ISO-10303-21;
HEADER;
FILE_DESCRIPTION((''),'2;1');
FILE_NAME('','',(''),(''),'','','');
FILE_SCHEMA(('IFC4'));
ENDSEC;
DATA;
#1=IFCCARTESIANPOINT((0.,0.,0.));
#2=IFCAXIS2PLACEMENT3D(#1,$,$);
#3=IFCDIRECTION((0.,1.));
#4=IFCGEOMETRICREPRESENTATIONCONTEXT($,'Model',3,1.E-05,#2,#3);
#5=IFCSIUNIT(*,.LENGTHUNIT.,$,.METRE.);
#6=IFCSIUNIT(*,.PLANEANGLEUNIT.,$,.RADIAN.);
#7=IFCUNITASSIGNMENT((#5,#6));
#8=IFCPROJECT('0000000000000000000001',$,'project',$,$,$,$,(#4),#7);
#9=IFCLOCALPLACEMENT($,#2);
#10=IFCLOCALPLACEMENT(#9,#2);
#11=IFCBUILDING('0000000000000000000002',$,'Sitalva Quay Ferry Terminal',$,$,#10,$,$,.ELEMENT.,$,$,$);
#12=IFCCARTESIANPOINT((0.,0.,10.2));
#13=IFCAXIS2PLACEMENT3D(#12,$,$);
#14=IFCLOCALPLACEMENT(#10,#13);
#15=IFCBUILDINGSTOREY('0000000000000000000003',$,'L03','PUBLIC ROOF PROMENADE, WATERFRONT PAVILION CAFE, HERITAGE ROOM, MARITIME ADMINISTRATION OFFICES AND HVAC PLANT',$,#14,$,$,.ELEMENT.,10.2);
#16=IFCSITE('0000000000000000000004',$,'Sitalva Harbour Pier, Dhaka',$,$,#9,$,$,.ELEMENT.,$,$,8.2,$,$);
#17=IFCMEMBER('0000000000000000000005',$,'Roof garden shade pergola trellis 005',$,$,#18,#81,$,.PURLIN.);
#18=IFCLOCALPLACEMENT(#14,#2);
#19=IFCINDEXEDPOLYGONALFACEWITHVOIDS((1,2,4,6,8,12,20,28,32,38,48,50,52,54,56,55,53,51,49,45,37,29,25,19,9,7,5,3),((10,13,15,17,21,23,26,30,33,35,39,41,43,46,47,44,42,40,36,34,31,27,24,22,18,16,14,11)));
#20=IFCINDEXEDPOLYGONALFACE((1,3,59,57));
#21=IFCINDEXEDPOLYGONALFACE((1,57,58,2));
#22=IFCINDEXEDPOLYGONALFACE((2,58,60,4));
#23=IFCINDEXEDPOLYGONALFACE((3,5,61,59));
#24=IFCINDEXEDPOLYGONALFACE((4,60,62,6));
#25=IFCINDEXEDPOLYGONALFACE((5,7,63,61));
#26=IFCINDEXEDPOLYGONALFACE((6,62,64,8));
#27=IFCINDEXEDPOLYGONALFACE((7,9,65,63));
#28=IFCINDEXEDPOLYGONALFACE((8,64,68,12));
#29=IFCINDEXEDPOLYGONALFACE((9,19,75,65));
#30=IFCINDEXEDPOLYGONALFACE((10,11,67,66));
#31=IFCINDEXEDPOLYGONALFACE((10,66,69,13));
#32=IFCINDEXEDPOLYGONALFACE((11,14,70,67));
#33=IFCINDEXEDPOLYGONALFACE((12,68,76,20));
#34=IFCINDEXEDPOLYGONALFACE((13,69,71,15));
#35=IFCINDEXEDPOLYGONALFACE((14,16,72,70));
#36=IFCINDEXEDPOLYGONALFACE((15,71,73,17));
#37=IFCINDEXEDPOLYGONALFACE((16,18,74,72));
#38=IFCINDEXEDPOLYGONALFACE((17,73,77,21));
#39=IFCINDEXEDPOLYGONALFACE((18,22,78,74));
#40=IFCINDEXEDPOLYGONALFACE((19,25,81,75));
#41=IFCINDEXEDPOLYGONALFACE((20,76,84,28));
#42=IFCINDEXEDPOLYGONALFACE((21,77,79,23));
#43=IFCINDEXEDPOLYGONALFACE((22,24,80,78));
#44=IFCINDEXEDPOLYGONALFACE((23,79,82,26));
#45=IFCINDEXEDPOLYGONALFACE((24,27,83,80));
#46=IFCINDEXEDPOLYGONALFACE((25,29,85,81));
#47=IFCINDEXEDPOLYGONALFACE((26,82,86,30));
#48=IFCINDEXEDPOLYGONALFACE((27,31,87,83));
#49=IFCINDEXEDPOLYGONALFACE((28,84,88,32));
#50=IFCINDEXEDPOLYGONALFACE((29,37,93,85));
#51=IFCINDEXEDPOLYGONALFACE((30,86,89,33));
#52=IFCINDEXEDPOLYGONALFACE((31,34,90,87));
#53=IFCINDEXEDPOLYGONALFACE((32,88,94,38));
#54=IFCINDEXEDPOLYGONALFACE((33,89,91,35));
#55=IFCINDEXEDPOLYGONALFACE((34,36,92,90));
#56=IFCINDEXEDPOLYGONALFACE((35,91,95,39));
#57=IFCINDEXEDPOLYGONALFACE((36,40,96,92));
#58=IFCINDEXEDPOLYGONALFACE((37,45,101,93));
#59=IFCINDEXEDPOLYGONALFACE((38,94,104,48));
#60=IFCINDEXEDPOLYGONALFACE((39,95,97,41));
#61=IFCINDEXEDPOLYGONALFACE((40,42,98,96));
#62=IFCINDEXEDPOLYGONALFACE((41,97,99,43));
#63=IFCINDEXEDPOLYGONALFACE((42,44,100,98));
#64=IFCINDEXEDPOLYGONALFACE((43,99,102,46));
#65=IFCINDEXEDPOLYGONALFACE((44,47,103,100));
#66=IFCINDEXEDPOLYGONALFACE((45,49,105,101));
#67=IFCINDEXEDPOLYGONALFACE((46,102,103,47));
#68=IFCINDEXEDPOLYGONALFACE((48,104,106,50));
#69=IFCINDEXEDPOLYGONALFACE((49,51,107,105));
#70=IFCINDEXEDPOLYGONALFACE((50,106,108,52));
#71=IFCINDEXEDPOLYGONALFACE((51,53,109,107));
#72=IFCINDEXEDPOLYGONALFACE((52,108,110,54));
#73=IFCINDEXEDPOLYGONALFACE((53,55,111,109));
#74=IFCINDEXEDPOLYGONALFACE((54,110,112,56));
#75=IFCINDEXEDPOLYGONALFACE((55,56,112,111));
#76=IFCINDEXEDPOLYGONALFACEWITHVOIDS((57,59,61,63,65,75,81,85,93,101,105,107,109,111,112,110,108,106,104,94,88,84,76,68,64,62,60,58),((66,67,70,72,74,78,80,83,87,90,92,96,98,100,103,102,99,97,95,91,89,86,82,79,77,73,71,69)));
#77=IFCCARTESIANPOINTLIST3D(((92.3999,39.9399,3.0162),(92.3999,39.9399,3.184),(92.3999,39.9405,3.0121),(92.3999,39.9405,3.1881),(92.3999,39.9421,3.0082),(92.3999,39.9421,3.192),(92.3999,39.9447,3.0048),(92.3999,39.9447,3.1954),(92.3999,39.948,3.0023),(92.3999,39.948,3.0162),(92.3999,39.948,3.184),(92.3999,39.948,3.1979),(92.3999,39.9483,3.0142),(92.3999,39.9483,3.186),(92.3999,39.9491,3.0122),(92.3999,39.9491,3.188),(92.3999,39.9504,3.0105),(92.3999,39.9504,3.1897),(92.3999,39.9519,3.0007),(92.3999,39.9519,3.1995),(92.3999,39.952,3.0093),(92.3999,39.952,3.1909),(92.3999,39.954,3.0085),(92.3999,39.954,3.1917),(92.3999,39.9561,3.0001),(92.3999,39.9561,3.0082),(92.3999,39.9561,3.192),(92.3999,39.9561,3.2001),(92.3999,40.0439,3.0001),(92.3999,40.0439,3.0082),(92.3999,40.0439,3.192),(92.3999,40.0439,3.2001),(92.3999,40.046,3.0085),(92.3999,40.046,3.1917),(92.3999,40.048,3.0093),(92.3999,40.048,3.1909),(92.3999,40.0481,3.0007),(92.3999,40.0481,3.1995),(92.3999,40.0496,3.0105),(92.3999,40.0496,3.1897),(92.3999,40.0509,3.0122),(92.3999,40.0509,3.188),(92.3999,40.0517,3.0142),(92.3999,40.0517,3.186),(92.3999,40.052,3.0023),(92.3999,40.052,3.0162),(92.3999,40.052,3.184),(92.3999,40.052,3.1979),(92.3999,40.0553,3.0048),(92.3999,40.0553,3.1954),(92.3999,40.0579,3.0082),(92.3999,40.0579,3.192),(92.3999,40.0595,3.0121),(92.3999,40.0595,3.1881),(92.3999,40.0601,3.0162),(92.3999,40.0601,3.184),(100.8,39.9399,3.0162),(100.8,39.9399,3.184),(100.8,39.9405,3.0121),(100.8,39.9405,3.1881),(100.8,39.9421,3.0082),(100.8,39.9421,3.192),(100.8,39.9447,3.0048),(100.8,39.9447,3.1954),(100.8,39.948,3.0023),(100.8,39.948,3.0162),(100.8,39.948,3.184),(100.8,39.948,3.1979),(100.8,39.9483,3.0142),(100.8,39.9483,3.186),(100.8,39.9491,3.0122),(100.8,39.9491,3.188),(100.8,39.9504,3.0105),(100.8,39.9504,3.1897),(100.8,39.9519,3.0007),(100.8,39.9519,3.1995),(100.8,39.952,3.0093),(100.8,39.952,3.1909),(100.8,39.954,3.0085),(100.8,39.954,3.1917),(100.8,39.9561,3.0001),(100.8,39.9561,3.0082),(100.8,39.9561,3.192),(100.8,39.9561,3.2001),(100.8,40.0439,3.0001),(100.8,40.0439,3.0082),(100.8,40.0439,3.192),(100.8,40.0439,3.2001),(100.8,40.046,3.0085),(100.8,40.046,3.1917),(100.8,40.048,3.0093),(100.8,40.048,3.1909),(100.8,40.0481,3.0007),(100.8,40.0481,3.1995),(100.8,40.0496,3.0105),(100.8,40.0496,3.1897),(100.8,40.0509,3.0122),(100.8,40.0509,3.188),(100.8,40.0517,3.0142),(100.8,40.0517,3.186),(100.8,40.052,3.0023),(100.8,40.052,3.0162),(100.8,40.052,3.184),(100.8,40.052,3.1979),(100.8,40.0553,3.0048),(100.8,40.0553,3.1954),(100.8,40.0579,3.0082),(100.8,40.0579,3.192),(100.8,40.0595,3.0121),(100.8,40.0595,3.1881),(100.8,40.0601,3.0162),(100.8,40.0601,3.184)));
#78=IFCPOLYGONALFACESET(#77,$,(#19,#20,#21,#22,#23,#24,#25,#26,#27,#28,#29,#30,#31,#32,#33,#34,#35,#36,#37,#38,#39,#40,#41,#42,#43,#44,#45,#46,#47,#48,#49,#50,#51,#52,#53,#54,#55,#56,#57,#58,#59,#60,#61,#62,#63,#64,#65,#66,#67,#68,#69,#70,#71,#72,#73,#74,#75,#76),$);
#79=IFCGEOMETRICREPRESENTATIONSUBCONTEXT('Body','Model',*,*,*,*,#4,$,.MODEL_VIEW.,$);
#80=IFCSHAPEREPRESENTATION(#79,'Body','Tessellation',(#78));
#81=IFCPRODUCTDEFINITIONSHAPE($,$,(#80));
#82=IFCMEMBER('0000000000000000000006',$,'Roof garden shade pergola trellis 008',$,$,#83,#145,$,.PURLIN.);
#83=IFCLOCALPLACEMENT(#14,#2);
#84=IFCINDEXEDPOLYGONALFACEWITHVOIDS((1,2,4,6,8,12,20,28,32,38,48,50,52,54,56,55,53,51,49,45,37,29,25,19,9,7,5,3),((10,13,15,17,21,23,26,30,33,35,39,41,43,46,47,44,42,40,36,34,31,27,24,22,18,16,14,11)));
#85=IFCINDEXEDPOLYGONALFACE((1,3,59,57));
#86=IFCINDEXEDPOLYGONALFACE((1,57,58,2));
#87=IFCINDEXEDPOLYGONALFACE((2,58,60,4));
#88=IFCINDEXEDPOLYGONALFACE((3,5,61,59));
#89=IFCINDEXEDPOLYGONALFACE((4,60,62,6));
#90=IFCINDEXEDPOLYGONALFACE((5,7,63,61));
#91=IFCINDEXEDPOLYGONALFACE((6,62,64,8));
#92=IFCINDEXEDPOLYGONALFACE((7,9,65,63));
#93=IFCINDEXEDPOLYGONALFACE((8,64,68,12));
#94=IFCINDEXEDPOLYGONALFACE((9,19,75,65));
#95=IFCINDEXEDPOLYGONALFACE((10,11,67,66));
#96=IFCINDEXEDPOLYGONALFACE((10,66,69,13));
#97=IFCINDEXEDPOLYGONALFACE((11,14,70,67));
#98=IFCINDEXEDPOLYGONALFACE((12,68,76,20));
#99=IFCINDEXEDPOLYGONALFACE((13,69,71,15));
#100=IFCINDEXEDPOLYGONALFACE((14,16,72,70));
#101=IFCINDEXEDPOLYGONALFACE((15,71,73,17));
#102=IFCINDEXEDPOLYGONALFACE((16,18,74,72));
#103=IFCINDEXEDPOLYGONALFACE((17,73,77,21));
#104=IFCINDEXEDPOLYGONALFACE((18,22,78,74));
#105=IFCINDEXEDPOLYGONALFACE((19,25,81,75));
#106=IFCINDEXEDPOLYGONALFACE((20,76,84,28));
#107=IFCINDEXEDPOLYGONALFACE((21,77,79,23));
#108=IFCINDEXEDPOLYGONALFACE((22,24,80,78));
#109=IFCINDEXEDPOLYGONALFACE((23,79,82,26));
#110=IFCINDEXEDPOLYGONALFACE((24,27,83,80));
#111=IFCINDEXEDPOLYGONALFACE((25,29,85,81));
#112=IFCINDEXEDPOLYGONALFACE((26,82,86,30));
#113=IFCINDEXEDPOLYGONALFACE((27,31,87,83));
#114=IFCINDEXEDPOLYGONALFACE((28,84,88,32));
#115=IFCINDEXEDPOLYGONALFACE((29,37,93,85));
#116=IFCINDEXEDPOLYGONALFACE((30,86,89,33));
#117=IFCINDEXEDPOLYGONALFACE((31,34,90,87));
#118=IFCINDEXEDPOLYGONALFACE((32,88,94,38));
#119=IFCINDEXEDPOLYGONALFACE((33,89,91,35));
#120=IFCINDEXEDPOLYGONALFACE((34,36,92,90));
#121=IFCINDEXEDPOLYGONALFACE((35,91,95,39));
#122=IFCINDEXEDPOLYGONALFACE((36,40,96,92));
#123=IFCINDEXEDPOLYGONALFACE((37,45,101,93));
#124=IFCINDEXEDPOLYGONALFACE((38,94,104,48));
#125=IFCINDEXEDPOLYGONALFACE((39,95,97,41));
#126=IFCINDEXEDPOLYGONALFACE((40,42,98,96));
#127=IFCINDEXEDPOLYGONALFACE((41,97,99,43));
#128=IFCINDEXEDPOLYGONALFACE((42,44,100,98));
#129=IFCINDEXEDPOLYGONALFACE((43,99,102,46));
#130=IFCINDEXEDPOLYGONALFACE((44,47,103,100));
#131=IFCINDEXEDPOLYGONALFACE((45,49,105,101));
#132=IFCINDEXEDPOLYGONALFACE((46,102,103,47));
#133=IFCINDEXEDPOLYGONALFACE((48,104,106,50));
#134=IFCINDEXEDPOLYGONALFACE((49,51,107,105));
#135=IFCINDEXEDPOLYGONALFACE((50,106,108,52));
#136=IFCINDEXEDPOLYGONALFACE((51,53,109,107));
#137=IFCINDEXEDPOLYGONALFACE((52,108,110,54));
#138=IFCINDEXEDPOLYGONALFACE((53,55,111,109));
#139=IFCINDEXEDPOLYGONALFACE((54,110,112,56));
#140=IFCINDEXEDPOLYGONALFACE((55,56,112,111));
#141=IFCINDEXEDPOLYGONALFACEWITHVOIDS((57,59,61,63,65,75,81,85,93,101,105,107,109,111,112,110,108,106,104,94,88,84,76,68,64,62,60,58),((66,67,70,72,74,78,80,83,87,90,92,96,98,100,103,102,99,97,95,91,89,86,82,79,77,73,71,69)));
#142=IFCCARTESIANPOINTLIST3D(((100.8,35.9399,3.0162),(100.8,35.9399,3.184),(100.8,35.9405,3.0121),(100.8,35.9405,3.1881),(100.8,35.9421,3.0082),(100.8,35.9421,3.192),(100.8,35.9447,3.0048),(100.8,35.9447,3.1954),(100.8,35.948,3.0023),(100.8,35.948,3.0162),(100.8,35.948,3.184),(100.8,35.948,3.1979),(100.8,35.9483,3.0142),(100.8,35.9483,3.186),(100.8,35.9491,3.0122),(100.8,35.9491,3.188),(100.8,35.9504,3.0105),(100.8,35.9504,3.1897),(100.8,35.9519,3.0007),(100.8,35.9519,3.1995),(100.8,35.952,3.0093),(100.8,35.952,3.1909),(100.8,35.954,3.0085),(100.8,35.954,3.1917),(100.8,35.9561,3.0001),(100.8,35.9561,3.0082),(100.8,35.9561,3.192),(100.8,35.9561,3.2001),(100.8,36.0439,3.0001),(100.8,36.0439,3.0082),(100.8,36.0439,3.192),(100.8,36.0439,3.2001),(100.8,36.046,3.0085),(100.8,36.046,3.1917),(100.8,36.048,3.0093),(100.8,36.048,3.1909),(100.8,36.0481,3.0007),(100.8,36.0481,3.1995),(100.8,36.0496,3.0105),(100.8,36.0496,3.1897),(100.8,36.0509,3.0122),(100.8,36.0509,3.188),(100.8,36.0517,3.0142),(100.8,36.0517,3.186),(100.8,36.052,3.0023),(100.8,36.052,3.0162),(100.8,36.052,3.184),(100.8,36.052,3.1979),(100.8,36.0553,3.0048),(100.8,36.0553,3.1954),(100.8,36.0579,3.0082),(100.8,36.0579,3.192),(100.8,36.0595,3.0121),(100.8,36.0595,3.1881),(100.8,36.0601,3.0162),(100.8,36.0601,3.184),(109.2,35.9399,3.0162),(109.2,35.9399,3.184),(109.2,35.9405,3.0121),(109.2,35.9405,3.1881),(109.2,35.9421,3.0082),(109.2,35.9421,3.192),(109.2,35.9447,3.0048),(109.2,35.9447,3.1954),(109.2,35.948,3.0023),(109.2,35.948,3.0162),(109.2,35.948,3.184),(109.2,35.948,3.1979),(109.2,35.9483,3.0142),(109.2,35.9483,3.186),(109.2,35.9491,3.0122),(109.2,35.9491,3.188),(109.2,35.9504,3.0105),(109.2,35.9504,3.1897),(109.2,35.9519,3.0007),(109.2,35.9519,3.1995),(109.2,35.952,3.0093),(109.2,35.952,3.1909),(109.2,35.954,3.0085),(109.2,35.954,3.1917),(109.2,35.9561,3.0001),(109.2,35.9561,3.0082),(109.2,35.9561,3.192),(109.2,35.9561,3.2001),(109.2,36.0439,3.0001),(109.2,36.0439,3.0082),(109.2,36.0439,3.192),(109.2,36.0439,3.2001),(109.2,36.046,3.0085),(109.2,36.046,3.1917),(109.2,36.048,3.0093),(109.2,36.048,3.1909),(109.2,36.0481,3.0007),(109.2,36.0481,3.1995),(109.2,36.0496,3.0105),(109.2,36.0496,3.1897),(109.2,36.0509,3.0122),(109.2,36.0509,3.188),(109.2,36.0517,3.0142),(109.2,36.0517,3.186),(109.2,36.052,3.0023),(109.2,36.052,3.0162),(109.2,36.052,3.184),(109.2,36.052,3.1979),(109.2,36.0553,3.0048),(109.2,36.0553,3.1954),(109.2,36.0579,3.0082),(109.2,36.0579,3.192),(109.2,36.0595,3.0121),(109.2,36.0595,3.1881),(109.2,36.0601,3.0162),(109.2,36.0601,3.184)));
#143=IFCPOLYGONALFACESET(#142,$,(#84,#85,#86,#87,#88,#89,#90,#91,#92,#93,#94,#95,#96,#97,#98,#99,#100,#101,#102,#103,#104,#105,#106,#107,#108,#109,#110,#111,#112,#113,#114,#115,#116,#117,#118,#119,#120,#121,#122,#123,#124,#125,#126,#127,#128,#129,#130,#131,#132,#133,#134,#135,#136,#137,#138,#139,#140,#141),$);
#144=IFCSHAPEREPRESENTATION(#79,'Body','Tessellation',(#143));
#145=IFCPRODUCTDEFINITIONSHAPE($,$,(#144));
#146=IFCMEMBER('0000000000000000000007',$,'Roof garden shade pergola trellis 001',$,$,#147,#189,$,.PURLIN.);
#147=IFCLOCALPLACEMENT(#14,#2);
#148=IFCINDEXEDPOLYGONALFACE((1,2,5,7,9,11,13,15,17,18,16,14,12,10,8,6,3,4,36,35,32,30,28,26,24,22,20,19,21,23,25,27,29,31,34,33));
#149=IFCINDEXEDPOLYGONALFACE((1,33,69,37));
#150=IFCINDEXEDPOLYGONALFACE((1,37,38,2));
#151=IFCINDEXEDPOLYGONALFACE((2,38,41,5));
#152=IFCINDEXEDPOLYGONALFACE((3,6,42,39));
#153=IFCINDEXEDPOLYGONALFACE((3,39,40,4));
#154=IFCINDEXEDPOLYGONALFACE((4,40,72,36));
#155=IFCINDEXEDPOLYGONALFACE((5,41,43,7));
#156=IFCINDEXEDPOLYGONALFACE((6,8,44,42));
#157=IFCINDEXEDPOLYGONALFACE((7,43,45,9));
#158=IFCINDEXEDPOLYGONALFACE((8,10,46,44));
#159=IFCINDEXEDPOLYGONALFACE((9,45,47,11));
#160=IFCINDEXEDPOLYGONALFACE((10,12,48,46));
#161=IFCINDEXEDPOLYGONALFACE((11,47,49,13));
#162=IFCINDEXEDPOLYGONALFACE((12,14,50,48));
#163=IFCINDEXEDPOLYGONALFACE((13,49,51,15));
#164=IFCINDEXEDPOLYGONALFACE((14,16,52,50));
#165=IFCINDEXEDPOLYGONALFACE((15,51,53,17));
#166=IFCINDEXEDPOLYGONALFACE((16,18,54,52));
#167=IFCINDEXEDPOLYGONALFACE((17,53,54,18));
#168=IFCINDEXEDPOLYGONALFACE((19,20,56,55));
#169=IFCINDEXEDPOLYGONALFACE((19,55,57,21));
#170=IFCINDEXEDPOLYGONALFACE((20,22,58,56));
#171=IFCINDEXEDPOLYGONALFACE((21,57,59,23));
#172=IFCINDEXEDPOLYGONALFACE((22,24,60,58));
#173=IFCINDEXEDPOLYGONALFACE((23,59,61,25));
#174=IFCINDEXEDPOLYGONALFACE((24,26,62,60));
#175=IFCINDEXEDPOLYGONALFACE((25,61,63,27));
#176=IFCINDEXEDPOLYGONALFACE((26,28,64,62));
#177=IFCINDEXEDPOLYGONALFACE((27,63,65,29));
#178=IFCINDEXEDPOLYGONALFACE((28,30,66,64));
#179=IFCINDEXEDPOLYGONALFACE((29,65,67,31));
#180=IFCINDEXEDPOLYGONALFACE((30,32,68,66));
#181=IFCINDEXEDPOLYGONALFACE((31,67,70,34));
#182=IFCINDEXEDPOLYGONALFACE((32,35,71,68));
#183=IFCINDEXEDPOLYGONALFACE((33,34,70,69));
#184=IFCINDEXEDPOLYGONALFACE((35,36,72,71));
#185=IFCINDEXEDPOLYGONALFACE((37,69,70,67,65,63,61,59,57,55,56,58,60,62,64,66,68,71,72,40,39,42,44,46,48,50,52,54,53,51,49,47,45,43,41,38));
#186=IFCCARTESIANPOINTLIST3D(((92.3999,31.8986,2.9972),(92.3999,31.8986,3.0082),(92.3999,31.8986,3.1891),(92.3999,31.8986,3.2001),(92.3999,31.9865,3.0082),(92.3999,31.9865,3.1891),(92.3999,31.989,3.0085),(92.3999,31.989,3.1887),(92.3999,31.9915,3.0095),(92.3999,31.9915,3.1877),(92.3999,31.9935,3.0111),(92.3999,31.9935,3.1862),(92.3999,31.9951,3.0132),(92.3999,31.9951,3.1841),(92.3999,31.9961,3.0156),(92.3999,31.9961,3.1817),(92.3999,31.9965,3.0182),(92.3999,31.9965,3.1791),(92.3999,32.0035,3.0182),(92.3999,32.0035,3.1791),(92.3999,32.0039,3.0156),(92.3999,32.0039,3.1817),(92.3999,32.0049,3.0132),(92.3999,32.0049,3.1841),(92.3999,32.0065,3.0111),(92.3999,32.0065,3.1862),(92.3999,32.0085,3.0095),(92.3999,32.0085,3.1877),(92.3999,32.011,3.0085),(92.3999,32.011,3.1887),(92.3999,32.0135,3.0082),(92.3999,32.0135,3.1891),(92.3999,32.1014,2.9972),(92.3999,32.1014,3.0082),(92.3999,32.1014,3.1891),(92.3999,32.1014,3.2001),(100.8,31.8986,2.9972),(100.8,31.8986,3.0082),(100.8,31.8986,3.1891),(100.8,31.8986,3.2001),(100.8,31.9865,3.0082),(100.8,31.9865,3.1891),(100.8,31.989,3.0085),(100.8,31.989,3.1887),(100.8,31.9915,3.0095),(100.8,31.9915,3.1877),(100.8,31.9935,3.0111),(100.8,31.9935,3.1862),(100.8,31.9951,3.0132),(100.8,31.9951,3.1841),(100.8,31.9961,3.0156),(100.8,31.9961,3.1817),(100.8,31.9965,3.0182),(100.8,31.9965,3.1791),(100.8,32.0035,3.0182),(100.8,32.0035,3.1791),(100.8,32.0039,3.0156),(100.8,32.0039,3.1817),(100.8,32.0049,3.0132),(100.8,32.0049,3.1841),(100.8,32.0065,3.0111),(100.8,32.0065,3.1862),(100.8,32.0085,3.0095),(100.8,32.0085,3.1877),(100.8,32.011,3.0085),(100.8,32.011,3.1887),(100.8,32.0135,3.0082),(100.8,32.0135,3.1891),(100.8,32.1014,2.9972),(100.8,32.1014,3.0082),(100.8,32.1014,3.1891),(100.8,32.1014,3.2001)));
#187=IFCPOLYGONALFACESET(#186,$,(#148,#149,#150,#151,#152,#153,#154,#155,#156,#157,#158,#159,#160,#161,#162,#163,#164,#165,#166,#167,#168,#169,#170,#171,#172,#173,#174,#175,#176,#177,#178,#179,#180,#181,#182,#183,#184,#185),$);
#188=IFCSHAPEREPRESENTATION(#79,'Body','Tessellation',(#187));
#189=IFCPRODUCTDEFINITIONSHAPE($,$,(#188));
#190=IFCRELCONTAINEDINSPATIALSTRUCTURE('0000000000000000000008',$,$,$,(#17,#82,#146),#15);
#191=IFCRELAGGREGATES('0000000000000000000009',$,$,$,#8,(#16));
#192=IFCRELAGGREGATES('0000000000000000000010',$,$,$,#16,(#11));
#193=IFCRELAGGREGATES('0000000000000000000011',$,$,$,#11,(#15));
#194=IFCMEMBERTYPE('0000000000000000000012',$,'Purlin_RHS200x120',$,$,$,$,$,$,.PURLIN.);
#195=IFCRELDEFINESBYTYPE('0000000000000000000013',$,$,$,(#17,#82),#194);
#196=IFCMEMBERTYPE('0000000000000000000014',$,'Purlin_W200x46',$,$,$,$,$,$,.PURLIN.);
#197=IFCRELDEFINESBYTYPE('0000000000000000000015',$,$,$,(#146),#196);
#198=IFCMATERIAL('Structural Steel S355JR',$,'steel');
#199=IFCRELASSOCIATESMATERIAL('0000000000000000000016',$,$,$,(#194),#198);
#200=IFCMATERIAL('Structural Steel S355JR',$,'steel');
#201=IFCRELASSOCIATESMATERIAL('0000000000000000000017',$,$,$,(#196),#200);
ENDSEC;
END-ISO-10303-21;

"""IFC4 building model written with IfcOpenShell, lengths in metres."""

from ifc_helpers import new_model, si_unit, direction, frame, origin, origin_2d, place, context, subcontext, project, spatial, hollow_rectangle, i_section, extrude, material, material_profile, profile_set, type_object, element, save


model = new_model("IFC4")

# Units and contexts
model_context = context("Model", 3, precision=1e-05, world=origin(), true_north=direction((0.0, 1.0)))
body_context = subcontext(model_context, "Body", "Model", "MODEL_VIEW")
ifc_project = project(units=[si_unit("LENGTHUNIT", "METRE"), si_unit("PLANEANGLEUNIT", "RADIAN")], contexts=[model_context])

# Site, building, storey
site_placement = place(None, origin())
site = spatial("IfcSite", under=ifc_project, at=site_placement, Name="Sitalva Harbour Pier, Dhaka", CompositionType="ELEMENT", RefElevation=8.2)
building_placement = place(site_placement, origin())
building = spatial("IfcBuilding", under=site, at=building_placement, Name="Sitalva Quay Ferry Terminal", CompositionType="ELEMENT")
storey_placement = place(building_placement, frame((0.0, 0.0, 10.2)))
storey = spatial("IfcBuildingStorey", under=building, at=storey_placement, Name="L03", Description="PUBLIC ROOF PROMENADE, WATERFRONT PAVILION CAFE, HERITAGE ROOM, MARITIME ADMINISTRATION OFFICES AND HVAC PLANT", CompositionType="ELEMENT", Elevation=10.2)

# Members
ifc_material_1 = material(Name="Structural Steel S355JR", Category="steel")
ifc_material_profile_1 = material_profile(ifc_material_1, hollow_rectangle(XDim=0.1201, YDim=0.2, WallThickness=0.0081, InnerFilletRadius=0.0081, OuterFilletRadius=0.0161, at=origin_2d()), Name="RHS200x120x8")
ifc_profile_set_1 = profile_set([ifc_material_profile_1], Name="Structural Steel S355JR")
member_type_1 = type_object("IfcMemberType", Name="Purlin_RHS200x120", PredefinedType="PURLIN", material=ifc_profile_set_1)
for number, where, z_axis, x_axis, name in (
    (1, (92.3999, 40.0, 3.1001), (1.0, 0.0, 0.0), (0.0, 1.0, 0.0), "Roof garden shade pergola trellis 005"),
):
    element("IfcMember", number, at=place(storey_placement, frame(where, z_axis=z_axis, x_axis=x_axis)), inside=storey, type_object=member_type_1, Name=name, PredefinedType="PURLIN", context=body_context, shape_type="SweptSolid", body=[
        extrude(hollow_rectangle(XDim=0.1201, YDim=0.2, WallThickness=0.0081, InnerFilletRadius=0.0081, OuterFilletRadius=0.0161, at=origin_2d()), origin(), (0.0, 0.0, 1.0), 8.4001),
    ])
member_1_placement = place(storey_placement, frame((100.8, 36.0, 3.1001), z_axis=(1.0, 0.0, 0.0), x_axis=(0.0, 1.0, 0.0)))
element("IfcMember", 2, at=member_1_placement, inside=storey, type_object=member_type_1, Name="Roof garden shade pergola trellis 008", PredefinedType="PURLIN", context=body_context, shape_type="SweptSolid", body=[
    extrude(hollow_rectangle(XDim=0.1201, YDim=0.2, WallThickness=0.0081, InnerFilletRadius=0.0081, OuterFilletRadius=0.0161, at=origin_2d()), origin(), (0.0, 0.0, 1.0), 8.3999),
])
ifc_material_2 = material(Name="Structural Steel S355JR", Category="steel")
ifc_material_profile_2 = material_profile(ifc_material_2, i_section(OverallWidth=0.2029, OverallDepth=0.2029, WebThickness=0.0071, FlangeThickness=0.011, FilletRadius=0.01, at=origin_2d()), Name="W200x46")
ifc_profile_set_2 = profile_set([ifc_material_profile_2], Name="Structural Steel S355JR")
member_type_2 = type_object("IfcMemberType", Name="Purlin_W200x46", PredefinedType="PURLIN", material=ifc_profile_set_2)
for number, where, z_axis, x_axis, name in (
    (3, (92.3999, 32.0, 3.0986), (1.0, 0.0, 0.0), (0.0, 1.0, 0.0), "Roof garden shade pergola trellis 001"),
):
    element("IfcMember", number, at=place(storey_placement, frame(where, z_axis=z_axis, x_axis=x_axis)), inside=storey, type_object=member_type_2, Name=name, PredefinedType="PURLIN", context=body_context, shape_type="SweptSolid", body=[
        extrude(i_section(OverallWidth=0.2029, OverallDepth=0.2029, WebThickness=0.0071, FlangeThickness=0.011, FilletRadius=0.01, at=origin_2d()), origin(), (0.0, 0.0, 1.0), 8.4001),
    ])

save(model, "model.ifc")
